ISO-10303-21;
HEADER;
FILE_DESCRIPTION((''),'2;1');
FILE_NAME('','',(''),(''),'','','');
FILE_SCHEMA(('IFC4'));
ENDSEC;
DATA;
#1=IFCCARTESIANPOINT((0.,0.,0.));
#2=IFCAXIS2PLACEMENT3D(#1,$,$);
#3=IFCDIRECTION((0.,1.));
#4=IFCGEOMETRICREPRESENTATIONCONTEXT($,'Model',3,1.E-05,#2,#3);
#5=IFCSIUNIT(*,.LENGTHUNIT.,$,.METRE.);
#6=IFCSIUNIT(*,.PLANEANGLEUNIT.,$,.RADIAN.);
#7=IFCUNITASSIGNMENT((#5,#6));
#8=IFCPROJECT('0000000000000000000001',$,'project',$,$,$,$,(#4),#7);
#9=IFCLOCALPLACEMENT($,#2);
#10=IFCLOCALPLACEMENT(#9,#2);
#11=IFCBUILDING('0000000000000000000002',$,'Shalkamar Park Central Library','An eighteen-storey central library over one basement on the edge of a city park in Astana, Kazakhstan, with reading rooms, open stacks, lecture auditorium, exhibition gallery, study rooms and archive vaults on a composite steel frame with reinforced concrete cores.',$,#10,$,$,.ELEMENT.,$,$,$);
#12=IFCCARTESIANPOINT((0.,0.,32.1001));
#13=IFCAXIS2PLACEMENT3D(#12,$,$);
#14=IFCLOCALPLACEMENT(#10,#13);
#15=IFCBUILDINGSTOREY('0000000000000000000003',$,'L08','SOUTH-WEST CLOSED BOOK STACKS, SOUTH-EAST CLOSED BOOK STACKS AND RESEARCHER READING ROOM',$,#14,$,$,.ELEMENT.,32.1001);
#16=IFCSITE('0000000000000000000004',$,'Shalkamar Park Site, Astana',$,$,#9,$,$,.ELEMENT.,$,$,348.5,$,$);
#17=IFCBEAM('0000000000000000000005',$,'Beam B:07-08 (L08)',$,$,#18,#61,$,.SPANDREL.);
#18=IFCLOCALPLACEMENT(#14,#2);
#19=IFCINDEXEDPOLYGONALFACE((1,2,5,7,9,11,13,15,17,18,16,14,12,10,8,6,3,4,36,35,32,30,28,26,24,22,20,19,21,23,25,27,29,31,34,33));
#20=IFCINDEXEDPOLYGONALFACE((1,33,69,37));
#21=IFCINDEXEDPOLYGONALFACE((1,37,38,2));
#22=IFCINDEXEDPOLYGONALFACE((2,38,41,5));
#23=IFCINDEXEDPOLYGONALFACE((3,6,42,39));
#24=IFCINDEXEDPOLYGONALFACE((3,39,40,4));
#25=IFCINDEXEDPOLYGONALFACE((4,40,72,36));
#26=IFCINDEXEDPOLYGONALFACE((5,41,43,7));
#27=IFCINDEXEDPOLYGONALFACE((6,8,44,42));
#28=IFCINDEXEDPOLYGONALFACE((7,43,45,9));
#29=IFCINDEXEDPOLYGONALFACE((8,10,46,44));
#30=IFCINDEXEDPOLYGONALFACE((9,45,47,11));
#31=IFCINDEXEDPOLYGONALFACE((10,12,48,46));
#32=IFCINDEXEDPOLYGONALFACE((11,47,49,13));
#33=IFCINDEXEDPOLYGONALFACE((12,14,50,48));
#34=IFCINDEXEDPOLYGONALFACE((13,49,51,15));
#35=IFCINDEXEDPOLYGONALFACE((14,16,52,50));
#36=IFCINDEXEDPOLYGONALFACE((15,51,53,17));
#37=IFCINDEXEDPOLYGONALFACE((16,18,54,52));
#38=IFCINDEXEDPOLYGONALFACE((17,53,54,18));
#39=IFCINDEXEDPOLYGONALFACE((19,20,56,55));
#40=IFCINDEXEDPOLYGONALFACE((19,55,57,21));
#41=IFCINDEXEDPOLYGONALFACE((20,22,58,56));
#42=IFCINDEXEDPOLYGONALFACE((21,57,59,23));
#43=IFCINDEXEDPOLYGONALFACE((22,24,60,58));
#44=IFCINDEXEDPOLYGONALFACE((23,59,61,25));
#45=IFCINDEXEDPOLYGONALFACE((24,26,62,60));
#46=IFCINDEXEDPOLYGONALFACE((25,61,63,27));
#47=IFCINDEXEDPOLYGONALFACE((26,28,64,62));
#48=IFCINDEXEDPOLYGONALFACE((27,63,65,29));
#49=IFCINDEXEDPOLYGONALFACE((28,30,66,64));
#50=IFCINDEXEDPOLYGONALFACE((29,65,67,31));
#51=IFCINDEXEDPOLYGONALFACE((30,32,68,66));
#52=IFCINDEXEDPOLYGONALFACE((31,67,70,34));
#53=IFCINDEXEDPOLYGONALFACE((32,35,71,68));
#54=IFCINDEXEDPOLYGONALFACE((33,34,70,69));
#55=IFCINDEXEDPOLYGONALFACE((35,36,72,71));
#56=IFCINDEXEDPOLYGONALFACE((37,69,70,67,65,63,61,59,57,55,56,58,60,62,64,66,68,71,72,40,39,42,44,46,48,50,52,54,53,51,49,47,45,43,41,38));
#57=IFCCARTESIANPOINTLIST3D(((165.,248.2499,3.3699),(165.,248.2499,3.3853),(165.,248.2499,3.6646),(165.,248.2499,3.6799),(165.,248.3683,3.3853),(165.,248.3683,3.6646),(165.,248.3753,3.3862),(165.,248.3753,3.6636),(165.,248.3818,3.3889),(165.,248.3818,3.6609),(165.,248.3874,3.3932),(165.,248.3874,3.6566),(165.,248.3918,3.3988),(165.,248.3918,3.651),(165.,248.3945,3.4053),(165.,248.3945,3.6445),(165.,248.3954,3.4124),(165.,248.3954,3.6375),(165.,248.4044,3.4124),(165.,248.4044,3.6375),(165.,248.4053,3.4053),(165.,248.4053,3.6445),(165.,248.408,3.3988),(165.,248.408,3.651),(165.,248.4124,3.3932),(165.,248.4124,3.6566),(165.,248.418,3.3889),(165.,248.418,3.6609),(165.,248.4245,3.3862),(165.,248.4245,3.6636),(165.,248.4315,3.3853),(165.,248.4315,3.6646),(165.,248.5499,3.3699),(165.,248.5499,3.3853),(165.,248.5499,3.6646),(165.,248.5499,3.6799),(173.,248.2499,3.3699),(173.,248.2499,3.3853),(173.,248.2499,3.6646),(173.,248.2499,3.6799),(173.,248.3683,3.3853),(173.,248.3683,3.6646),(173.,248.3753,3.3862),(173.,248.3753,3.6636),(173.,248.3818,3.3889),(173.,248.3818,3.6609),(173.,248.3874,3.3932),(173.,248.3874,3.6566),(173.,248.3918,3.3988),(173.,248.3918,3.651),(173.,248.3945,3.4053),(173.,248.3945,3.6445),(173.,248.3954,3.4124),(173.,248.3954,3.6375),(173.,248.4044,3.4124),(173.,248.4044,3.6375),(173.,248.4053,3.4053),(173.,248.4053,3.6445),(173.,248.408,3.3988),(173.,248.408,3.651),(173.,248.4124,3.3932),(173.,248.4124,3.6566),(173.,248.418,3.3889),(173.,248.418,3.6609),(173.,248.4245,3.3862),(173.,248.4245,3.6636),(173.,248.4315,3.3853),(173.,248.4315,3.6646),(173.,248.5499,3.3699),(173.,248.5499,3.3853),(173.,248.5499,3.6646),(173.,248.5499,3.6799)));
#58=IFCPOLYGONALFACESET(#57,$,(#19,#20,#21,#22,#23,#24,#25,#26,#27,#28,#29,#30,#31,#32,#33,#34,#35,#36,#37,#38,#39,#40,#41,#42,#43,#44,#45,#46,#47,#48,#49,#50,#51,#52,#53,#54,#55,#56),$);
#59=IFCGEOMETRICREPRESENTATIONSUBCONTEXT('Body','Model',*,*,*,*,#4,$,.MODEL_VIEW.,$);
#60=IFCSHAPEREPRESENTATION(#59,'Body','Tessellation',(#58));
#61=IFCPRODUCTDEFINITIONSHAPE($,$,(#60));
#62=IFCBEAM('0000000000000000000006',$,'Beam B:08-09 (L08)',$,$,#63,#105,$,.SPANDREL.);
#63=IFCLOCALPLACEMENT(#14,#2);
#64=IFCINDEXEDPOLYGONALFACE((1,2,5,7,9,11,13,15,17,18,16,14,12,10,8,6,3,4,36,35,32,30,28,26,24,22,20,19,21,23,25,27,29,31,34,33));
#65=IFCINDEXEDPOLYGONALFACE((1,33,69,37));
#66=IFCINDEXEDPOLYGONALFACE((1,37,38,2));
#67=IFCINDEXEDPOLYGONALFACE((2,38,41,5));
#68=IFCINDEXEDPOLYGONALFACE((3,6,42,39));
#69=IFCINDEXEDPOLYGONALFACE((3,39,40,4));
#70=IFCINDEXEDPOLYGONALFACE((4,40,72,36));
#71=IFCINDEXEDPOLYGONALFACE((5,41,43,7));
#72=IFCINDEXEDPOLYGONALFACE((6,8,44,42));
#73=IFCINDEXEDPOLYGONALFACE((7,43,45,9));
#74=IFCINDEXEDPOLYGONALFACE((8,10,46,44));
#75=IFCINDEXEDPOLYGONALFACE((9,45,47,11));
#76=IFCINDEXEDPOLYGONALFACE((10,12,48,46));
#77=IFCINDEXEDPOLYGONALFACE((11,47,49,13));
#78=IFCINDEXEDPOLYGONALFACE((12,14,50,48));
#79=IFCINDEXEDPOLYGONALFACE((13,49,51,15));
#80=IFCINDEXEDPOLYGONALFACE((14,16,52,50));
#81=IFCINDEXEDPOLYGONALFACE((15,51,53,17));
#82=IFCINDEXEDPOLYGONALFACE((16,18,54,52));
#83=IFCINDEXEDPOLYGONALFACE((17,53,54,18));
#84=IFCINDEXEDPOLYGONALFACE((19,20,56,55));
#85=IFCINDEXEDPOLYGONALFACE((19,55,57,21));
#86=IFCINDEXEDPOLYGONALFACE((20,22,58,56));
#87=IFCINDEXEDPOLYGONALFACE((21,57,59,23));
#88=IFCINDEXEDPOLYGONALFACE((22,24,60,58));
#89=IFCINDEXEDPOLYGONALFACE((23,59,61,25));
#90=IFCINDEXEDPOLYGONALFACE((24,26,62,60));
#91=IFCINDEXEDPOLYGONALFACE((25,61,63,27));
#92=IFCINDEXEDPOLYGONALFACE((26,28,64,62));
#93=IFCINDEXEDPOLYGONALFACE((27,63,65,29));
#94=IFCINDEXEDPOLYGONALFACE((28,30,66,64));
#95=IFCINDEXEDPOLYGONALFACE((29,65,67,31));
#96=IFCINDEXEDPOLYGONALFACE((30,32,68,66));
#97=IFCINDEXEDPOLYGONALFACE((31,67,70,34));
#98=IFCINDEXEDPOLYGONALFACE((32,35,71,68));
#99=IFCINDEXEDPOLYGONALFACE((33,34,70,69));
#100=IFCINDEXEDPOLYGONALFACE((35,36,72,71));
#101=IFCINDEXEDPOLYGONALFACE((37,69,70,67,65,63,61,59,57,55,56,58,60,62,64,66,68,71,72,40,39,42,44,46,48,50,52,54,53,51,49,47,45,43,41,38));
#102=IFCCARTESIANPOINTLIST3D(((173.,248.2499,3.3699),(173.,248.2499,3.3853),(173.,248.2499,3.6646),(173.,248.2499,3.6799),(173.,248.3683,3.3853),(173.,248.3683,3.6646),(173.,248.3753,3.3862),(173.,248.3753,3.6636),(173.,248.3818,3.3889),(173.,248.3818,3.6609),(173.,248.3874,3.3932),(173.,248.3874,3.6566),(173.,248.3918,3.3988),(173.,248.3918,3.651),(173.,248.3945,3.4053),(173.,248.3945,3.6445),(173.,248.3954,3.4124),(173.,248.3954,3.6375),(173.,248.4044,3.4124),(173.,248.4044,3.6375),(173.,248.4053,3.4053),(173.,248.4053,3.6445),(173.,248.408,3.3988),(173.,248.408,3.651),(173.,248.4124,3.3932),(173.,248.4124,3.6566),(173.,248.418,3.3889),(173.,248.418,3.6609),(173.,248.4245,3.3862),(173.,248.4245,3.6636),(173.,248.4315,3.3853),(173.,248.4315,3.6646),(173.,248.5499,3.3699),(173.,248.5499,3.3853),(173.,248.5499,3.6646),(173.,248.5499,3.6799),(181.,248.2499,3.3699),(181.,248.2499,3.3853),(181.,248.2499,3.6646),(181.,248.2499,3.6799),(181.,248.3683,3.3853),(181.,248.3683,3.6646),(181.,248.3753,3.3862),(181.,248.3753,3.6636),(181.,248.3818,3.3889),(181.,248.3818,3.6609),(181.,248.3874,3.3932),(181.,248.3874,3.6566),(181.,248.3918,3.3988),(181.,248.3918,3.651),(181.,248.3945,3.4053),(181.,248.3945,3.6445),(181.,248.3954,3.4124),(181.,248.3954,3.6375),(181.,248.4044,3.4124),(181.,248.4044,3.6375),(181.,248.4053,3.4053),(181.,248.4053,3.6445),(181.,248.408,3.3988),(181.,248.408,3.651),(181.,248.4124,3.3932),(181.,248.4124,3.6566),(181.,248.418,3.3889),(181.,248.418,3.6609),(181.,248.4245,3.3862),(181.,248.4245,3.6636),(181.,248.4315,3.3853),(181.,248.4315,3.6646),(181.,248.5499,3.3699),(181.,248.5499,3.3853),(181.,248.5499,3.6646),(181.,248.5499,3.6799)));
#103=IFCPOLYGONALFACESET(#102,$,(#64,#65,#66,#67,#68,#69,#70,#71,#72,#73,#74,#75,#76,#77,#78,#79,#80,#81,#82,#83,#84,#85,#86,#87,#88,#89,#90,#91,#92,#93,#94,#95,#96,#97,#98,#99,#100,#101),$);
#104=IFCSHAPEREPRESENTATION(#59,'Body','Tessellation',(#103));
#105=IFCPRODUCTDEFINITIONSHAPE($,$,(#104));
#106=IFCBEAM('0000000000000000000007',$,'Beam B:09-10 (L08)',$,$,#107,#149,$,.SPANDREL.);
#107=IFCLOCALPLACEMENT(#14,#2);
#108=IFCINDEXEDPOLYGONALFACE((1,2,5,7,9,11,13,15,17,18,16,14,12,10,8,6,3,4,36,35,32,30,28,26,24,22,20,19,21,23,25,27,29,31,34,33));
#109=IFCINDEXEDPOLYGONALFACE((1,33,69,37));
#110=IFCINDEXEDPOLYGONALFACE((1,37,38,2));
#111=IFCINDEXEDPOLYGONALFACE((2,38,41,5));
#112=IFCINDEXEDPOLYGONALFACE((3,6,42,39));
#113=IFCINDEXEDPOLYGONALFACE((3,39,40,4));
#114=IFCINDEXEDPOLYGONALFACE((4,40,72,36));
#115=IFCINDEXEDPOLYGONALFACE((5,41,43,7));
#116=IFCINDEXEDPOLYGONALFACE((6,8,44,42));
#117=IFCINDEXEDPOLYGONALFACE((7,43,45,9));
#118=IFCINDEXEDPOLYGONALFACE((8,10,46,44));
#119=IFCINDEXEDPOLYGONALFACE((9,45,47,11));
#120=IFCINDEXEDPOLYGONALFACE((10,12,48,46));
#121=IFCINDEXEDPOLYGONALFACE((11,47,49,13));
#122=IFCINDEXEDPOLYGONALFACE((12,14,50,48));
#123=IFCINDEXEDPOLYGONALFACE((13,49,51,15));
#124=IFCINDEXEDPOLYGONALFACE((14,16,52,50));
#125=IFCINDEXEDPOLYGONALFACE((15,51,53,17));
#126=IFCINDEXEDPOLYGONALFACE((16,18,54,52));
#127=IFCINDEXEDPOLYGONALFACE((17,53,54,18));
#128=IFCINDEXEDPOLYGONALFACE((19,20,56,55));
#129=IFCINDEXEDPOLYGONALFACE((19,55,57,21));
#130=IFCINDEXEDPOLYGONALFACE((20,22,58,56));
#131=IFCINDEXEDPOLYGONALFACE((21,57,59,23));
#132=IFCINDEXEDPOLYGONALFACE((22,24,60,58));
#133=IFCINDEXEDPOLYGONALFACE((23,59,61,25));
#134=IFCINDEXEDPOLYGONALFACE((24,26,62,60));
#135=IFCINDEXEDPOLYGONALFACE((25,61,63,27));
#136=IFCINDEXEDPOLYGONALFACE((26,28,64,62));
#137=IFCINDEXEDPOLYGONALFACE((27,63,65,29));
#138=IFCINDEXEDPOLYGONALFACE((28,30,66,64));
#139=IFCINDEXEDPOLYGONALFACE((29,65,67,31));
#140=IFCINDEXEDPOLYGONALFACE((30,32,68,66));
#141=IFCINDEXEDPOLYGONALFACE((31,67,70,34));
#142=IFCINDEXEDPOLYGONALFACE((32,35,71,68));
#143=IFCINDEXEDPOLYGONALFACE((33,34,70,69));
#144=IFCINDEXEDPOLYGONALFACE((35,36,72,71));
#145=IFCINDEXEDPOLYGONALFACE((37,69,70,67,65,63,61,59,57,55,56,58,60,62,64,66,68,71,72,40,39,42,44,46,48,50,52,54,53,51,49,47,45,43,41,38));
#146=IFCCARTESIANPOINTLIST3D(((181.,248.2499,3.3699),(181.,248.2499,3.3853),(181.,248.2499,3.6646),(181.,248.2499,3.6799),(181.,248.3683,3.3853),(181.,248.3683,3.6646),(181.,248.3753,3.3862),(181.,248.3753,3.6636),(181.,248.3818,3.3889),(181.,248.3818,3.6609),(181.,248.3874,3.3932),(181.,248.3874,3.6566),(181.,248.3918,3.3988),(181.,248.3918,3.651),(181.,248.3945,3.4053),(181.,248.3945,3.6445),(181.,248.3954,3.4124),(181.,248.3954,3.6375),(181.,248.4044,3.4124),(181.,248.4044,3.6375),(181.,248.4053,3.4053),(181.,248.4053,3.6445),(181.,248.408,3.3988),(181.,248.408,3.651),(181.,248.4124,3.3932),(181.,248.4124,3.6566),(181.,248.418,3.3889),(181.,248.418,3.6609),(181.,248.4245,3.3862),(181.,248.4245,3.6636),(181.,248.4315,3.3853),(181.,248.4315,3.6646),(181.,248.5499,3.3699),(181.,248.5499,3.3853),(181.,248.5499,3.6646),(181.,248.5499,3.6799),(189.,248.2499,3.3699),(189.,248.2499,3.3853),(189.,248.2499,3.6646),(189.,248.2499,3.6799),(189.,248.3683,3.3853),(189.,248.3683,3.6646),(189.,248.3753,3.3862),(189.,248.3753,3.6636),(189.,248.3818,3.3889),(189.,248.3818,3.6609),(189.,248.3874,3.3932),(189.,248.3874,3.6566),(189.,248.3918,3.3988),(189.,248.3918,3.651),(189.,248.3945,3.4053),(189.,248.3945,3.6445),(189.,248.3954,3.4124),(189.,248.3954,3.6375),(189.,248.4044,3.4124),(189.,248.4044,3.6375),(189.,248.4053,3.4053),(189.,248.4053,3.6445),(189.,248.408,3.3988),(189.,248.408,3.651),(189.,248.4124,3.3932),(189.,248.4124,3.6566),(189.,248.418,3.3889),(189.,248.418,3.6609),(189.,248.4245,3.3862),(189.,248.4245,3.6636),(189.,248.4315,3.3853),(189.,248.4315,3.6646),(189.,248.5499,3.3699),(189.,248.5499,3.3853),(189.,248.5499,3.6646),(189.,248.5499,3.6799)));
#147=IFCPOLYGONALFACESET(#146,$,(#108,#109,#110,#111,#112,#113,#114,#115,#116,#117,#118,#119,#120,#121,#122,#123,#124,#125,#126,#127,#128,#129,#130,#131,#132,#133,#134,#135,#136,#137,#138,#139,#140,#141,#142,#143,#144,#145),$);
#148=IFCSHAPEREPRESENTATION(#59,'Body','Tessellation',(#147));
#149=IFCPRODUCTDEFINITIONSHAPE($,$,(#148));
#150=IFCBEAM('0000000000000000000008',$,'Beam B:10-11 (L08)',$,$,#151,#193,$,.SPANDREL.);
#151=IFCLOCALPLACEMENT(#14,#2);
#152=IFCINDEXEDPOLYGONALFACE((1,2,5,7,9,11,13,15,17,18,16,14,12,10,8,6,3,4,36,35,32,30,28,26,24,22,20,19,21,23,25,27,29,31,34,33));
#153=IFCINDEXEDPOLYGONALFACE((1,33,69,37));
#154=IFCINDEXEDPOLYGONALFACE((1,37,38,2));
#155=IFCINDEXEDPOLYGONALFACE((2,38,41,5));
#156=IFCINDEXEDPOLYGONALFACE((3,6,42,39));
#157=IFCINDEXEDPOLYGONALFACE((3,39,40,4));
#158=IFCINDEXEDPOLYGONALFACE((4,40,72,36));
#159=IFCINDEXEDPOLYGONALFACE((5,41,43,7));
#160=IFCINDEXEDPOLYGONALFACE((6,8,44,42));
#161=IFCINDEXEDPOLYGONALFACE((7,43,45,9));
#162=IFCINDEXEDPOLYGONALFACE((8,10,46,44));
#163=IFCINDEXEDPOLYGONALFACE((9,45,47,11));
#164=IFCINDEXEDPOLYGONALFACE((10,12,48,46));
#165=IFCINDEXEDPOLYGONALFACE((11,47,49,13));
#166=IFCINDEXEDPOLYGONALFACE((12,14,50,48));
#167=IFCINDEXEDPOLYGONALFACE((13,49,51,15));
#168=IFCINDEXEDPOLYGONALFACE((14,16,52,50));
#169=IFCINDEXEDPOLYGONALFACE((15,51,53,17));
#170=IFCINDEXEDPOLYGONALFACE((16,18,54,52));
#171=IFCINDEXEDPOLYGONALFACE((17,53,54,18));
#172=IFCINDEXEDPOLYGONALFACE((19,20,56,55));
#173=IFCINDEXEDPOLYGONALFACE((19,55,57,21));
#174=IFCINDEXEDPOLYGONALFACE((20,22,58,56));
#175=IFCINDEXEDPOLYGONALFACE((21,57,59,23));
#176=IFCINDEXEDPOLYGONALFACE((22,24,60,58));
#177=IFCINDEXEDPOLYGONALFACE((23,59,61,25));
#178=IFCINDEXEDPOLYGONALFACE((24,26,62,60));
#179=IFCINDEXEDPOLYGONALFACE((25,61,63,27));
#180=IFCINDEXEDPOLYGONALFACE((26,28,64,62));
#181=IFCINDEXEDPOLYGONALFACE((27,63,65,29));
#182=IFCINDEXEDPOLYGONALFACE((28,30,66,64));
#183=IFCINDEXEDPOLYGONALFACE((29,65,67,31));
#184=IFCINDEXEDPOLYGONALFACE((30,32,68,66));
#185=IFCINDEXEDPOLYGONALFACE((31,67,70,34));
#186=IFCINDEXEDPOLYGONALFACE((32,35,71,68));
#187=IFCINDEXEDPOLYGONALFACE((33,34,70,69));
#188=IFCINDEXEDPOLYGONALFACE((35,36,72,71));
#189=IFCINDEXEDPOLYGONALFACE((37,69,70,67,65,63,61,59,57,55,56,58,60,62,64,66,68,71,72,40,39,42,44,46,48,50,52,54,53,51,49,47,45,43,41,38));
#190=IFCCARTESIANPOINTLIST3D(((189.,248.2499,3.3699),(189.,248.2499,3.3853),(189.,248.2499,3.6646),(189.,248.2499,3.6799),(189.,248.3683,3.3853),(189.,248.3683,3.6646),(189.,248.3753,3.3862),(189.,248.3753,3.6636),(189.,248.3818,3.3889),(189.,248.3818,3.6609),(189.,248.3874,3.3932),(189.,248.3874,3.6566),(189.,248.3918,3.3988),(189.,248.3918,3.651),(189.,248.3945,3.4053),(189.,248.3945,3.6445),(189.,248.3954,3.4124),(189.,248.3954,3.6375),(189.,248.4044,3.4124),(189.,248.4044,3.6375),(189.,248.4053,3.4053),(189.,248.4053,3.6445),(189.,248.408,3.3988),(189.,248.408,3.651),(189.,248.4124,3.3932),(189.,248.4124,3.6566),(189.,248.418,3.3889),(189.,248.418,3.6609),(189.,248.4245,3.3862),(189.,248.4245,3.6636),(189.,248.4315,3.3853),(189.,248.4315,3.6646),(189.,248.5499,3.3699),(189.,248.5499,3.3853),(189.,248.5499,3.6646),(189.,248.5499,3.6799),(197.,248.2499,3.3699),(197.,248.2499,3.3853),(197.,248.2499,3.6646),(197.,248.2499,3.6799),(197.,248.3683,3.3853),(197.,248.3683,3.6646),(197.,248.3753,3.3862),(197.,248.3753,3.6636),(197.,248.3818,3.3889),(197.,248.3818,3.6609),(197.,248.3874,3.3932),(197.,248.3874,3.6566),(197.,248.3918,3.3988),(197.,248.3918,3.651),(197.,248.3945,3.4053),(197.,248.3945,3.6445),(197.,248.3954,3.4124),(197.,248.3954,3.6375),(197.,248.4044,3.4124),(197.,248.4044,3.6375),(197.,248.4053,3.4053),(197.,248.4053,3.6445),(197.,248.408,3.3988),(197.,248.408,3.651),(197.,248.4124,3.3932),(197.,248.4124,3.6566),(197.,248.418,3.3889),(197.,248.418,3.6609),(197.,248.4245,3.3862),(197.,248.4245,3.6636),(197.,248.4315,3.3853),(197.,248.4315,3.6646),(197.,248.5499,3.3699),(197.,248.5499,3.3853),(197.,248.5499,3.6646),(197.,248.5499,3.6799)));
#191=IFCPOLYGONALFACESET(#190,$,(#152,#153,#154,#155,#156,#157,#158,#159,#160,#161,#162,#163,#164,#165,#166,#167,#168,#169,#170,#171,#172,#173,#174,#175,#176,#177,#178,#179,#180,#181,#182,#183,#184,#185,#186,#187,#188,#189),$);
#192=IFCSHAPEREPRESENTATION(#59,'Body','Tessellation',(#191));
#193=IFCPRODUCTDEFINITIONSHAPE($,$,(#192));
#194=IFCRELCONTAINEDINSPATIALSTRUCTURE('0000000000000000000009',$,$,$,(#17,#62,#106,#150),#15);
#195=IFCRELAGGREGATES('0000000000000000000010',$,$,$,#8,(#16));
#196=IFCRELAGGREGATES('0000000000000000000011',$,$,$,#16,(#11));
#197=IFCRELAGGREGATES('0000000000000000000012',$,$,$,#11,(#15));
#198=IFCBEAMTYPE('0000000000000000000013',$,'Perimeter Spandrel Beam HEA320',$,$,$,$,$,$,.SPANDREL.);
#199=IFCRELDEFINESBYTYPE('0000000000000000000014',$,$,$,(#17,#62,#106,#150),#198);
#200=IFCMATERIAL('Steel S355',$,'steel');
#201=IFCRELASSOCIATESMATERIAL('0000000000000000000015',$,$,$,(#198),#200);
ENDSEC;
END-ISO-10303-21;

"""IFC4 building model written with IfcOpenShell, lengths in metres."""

from ifc_helpers import new_model, si_unit, direction, frame, origin, origin_2d, place, context, subcontext, project, spatial, i_section, extrude, material, material_profile, profile_set, type_object, element, save


model = new_model("IFC4")

# Units and contexts
model_context = context("Model", 3, precision=1e-05, world=origin(), true_north=direction((0.0, 1.0)))
body_context = subcontext(model_context, "Body", "Model", "MODEL_VIEW")
ifc_project = project(units=[si_unit("LENGTHUNIT", "METRE"), si_unit("PLANEANGLEUNIT", "RADIAN")], contexts=[model_context])

# Site, building, storey
site_placement = place(None, origin())
site = spatial("IfcSite", under=ifc_project, at=site_placement, Name="Shalkamar Park Site, Astana", CompositionType="ELEMENT", RefElevation=348.5)
building_placement = place(site_placement, origin())
building = spatial("IfcBuilding", under=site, at=building_placement, Name="Shalkamar Park Central Library", Description="An eighteen-storey central library over one basement on the edge of a city park in Astana, Kazakhstan, with reading rooms, open stacks, lecture auditorium, exhibition gallery, study rooms and archive vaults on a composite steel frame with reinforced concrete cores.", CompositionType="ELEMENT")
storey_placement = place(building_placement, frame((0.0, 0.0, 32.1001)))
storey = spatial("IfcBuildingStorey", under=building, at=storey_placement, Name="L08", Description="SOUTH-WEST CLOSED BOOK STACKS, SOUTH-EAST CLOSED BOOK STACKS AND RESEARCHER READING ROOM", CompositionType="ELEMENT", Elevation=32.1001)

# Shared definitions
ifc_material_1 = material(Name="Steel S355", Category="steel")

# Beams
ifc_material_profile_1 = material_profile(ifc_material_1, i_section(OverallWidth=0.3, OverallDepth=0.3101, WebThickness=0.009, FlangeThickness=0.0154, FilletRadius=0.0271, at=origin_2d()), Name="HEA 320")
ifc_profile_set_1 = profile_set([ifc_material_profile_1], Name="Steel S355")
beam_type = type_object("IfcBeamType", Name="Perimeter Spandrel Beam HEA320", PredefinedType="SPANDREL", material=ifc_profile_set_1)
for number, where, z_axis, x_axis, name in (
    (1, (165.0, 248.3999, 3.5249), (1.0, 0.0, 0.0), (0.0, 1.0, 0.0), "Beam B:07-08 (L08)"),
    (2, (173.0, 248.3999, 3.5249), (1.0, 0.0, 0.0), (0.0, 1.0, 0.0), "Beam B:08-09 (L08)"),
    (3, (181.0, 248.3999, 3.5249), (1.0, 0.0, 0.0), (0.0, 1.0, 0.0), "Beam B:09-10 (L08)"),
    (4, (189.0, 248.3999, 3.5249), (1.0, 0.0, 0.0), (0.0, 1.0, 0.0), "Beam B:10-11 (L08)"),
):
    element("IfcBeam", number, at=place(storey_placement, frame(where, z_axis=z_axis, x_axis=x_axis)), inside=storey, type_object=beam_type, Name=name, PredefinedType="SPANDREL", context=body_context, shape_type="SweptSolid", body=[
        extrude(i_section(OverallWidth=0.3, OverallDepth=0.3101, WebThickness=0.009, FlangeThickness=0.0154, FilletRadius=0.0271, at=origin_2d()), origin(), (0.0, 0.0, 1.0), 8.0),
    ])

save(model, "model.ifc")
